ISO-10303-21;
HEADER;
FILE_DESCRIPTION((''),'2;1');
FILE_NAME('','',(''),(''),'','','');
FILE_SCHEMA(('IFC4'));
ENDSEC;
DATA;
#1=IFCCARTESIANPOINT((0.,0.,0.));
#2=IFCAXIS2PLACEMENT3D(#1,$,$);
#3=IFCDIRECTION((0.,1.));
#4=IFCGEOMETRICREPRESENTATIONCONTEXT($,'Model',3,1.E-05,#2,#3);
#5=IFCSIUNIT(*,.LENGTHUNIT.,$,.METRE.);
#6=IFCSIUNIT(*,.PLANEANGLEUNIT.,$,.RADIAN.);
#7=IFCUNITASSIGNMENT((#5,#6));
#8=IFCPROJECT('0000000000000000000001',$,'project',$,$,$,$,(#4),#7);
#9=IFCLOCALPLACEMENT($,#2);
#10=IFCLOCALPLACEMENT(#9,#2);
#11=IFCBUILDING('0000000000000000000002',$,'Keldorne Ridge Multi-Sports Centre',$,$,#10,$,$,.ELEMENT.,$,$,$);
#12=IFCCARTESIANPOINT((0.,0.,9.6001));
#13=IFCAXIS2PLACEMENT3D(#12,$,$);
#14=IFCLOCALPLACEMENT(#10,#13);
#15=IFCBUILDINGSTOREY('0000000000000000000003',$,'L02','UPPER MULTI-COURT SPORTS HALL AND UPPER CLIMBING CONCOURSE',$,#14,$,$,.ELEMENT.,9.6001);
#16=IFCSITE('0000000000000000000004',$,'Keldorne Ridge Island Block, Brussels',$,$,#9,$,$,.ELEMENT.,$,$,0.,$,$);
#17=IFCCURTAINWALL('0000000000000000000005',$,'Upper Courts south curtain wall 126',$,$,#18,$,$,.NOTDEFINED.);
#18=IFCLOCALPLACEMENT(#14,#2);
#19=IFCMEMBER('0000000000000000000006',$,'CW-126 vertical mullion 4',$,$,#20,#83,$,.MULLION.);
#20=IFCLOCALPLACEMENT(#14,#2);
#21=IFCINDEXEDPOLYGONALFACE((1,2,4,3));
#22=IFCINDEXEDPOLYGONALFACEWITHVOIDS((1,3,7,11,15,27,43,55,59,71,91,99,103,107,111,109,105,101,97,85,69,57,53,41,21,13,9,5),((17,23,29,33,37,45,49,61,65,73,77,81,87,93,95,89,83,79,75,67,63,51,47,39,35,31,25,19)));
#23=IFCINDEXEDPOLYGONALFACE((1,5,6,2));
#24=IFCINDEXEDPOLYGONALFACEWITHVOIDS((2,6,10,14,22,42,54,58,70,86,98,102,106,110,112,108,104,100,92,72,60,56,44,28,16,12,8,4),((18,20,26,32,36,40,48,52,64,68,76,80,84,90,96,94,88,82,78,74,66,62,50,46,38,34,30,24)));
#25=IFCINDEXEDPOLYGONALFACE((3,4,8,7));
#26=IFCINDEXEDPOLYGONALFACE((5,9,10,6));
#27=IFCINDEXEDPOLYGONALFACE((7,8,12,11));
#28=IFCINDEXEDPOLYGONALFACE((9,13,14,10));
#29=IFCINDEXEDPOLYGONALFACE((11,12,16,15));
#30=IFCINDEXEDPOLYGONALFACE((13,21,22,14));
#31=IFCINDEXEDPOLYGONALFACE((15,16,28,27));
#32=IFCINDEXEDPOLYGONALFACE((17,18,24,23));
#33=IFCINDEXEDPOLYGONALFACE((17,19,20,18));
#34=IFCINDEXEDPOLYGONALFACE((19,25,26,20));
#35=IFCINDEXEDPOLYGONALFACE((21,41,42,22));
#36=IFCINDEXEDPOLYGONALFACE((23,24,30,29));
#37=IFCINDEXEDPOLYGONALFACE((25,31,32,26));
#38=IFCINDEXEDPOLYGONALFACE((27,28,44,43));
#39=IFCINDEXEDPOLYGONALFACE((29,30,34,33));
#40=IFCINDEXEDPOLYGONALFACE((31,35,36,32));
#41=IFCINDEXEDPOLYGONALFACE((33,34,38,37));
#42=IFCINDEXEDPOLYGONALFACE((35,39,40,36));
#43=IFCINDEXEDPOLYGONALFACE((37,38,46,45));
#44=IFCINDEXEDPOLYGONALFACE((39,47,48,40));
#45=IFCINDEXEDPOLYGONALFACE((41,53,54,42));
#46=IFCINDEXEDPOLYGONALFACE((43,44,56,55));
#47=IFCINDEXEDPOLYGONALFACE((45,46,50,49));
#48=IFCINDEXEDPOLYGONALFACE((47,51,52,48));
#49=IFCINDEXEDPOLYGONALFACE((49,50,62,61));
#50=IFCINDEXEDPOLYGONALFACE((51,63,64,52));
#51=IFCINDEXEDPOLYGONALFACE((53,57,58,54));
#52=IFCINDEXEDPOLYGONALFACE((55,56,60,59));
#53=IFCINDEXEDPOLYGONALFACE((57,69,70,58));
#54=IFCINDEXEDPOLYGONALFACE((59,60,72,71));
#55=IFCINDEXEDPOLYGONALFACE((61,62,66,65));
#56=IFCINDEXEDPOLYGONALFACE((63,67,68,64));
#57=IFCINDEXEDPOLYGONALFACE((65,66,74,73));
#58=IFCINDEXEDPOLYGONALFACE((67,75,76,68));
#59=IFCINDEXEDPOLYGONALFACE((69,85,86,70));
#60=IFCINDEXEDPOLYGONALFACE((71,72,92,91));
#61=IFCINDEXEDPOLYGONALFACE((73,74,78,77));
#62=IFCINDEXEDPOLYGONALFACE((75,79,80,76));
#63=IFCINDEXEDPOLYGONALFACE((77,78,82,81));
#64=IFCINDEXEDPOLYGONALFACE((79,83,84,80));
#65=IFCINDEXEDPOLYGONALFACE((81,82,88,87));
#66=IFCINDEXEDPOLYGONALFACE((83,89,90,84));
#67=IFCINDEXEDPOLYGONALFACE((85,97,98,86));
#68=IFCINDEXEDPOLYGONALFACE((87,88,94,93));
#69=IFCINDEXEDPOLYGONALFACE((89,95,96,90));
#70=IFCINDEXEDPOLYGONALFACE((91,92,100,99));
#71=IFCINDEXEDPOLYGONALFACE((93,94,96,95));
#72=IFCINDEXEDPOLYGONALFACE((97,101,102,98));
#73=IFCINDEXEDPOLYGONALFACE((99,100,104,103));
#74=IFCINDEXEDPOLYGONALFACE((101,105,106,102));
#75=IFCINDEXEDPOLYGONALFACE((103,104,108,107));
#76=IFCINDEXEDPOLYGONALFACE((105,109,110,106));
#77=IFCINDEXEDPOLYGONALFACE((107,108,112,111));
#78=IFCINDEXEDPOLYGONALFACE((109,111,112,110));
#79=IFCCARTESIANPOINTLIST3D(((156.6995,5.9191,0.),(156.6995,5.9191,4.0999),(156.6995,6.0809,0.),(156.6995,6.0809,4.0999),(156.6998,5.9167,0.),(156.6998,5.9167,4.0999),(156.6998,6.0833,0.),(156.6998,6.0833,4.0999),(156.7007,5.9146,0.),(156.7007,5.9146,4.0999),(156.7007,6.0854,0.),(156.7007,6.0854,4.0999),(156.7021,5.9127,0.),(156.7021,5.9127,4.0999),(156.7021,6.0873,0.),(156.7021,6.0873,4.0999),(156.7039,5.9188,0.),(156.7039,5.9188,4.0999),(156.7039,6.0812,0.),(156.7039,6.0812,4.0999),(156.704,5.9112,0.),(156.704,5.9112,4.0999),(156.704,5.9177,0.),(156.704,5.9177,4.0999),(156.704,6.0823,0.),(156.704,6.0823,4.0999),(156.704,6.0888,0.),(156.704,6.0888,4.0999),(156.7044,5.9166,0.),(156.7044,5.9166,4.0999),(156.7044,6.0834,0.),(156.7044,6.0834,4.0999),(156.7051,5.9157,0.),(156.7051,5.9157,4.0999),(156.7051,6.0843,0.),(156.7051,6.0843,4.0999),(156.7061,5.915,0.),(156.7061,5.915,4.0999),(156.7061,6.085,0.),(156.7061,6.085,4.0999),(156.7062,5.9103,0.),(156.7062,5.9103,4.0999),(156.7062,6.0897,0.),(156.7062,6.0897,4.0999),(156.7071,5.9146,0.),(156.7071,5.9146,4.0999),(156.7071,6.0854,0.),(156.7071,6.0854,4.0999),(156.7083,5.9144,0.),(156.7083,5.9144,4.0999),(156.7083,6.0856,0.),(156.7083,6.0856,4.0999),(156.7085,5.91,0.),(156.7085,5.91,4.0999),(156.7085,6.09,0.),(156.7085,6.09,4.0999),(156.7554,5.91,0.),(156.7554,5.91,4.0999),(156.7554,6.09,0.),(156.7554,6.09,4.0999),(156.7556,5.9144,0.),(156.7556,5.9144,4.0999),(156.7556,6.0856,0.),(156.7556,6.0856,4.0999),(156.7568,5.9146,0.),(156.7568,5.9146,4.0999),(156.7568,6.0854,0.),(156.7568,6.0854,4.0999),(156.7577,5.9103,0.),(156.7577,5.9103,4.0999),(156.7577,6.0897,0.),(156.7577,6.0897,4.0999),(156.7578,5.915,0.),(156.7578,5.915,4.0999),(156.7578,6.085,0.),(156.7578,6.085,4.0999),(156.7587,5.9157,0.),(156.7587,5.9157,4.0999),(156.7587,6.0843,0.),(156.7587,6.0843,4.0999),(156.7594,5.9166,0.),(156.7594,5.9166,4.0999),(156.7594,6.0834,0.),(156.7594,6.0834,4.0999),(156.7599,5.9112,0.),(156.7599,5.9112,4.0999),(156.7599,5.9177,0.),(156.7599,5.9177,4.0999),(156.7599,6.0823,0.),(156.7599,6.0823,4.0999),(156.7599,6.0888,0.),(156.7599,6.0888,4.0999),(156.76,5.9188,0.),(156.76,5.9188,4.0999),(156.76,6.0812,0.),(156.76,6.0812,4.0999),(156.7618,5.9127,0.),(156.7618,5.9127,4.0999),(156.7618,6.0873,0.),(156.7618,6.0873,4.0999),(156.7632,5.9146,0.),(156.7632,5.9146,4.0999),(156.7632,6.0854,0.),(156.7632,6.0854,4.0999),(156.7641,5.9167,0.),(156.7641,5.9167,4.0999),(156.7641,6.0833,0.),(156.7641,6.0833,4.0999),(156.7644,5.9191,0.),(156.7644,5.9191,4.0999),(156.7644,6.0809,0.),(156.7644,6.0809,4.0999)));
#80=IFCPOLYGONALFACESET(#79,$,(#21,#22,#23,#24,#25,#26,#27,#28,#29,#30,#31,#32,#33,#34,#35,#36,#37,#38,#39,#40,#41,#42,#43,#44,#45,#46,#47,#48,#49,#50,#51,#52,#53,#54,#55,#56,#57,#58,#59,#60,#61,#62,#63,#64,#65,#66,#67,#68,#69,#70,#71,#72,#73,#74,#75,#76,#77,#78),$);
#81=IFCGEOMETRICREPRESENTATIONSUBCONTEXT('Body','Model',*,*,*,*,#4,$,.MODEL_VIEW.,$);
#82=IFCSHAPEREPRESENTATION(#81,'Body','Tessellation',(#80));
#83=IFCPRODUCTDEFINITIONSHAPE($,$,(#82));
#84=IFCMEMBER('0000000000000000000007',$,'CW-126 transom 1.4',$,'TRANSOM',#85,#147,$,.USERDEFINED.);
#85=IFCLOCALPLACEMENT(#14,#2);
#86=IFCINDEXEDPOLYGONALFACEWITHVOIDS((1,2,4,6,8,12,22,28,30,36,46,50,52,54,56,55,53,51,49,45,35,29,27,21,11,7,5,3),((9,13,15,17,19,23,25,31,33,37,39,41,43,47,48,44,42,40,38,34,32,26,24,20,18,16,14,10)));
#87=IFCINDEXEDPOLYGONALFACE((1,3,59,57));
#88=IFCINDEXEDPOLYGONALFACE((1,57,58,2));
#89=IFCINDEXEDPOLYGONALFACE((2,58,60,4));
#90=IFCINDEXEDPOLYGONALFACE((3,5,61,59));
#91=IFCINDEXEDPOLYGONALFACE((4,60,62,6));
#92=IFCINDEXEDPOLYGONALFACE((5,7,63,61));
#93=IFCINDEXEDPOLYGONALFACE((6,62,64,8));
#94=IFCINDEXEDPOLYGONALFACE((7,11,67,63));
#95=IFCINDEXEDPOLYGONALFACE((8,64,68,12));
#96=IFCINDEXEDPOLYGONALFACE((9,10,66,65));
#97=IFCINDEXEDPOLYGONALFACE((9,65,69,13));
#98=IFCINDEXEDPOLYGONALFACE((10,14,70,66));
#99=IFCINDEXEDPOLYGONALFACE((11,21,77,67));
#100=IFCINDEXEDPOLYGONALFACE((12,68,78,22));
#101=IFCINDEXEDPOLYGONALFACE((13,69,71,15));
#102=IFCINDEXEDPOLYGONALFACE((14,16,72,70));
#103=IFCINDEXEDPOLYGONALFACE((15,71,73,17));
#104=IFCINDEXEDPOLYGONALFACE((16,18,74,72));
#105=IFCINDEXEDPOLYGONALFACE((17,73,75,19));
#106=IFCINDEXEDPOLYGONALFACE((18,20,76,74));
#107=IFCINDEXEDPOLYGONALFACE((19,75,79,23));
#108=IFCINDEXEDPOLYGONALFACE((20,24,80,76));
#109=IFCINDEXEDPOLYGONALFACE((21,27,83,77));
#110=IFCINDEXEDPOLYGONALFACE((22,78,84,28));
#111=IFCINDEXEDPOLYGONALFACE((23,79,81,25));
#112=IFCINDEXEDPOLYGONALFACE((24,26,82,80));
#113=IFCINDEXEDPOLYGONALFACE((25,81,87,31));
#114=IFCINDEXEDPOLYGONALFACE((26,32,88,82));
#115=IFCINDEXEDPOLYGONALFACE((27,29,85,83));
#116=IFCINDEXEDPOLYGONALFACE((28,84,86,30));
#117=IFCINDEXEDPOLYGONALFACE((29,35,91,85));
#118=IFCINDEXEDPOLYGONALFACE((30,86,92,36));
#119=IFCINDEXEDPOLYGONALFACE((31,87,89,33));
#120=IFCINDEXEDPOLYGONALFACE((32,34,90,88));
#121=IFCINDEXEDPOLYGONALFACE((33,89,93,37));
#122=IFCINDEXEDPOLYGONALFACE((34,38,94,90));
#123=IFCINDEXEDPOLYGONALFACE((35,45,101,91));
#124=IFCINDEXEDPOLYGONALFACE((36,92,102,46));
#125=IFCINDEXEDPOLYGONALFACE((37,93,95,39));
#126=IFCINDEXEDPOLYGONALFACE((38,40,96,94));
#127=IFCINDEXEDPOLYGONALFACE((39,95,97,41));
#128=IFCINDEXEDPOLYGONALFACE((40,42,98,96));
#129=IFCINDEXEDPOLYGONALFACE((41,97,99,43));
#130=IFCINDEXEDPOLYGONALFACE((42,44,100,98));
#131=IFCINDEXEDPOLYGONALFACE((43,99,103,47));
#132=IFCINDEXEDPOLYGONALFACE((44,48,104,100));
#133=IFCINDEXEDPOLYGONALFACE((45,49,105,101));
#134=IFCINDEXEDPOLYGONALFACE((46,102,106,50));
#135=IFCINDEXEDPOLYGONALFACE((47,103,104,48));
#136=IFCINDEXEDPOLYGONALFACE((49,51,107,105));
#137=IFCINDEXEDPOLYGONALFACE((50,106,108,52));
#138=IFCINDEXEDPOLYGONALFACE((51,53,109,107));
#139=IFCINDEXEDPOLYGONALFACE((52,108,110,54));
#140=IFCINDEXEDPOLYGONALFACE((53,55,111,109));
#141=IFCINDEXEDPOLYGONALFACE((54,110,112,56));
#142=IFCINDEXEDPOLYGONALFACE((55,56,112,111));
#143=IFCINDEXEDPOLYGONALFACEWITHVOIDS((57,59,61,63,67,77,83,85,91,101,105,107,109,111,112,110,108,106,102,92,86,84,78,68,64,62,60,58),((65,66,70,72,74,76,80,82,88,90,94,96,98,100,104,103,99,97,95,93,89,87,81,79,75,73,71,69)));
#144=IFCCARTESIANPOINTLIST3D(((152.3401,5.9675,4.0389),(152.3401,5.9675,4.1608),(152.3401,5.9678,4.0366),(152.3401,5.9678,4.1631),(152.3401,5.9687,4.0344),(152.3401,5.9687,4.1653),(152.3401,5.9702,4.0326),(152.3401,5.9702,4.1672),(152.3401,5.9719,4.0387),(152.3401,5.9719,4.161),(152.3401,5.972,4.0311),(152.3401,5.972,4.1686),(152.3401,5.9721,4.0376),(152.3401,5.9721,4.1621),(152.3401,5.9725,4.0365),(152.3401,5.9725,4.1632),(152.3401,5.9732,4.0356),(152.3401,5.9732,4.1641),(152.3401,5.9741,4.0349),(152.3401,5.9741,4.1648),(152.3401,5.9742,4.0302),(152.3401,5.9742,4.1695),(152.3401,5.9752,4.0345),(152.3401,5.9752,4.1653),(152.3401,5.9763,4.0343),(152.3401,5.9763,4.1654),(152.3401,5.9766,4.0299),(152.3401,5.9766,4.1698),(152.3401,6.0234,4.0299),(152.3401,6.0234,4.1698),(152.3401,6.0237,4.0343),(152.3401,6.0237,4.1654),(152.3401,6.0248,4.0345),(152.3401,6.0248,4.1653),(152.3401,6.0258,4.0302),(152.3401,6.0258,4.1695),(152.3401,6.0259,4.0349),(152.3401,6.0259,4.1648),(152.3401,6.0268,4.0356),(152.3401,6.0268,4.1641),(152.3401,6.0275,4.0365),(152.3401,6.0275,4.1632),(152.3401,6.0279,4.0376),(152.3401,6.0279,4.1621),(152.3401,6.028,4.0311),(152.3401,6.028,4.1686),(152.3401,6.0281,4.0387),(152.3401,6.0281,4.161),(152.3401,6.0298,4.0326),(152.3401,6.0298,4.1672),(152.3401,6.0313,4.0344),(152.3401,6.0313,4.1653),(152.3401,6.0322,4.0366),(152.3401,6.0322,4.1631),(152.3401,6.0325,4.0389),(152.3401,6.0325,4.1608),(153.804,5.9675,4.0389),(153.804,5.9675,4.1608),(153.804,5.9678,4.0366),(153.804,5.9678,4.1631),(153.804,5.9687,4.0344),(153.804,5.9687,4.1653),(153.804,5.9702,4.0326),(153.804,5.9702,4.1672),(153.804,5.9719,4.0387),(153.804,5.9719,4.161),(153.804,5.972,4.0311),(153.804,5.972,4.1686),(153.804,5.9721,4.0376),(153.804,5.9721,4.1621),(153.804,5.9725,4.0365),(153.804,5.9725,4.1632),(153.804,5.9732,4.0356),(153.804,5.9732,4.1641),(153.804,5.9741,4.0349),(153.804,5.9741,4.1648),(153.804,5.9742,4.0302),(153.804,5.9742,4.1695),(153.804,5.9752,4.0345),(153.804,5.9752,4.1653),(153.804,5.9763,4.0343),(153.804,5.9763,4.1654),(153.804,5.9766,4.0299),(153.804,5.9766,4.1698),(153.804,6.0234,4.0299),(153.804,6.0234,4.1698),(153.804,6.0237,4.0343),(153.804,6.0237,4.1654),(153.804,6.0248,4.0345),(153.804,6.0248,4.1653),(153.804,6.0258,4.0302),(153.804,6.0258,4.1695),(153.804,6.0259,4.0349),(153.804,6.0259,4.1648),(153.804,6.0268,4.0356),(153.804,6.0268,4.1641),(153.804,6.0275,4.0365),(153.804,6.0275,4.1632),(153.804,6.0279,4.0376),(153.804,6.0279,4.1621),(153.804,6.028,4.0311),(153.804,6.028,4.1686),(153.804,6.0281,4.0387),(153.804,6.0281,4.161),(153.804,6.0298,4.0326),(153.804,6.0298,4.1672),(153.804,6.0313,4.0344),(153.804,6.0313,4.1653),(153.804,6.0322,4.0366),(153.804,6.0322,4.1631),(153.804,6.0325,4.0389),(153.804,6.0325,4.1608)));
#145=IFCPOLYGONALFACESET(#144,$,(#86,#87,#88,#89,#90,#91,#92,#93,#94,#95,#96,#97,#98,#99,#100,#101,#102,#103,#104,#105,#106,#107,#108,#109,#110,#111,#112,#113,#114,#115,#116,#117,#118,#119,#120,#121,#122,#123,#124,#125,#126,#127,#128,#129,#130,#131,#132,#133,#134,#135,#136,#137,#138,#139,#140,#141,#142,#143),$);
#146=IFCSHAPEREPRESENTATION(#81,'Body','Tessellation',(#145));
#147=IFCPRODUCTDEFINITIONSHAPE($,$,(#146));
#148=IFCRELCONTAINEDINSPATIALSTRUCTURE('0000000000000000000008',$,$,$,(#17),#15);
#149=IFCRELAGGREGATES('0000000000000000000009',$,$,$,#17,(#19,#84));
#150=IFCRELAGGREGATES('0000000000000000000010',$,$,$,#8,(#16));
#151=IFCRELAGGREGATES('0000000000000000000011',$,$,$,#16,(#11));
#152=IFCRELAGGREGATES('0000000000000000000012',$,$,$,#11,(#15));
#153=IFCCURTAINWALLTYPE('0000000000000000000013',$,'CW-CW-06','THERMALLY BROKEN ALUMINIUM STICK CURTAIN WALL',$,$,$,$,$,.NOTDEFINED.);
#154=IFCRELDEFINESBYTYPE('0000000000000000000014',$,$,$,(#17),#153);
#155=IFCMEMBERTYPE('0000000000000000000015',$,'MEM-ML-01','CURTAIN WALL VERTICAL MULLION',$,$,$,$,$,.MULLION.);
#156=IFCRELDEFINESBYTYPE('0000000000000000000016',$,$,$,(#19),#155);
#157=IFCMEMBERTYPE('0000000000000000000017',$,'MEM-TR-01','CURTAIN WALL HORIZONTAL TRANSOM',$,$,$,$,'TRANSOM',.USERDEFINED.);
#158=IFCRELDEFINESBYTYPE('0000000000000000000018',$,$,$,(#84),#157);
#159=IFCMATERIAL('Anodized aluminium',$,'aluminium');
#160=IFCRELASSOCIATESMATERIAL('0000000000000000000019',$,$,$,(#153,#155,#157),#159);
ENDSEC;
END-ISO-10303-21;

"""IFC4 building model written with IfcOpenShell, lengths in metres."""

from ifc_helpers import new_model, si_unit, direction, frame, origin, origin_2d, place, context, subcontext, project, spatial, hollow_rectangle, extrude, material, material_profile, profile_set, type_object, element, aggregate, save


model = new_model("IFC4")

# Units and contexts
model_context = context("Model", 3, precision=1e-05, world=origin(), true_north=direction((0.0, 1.0)))
body_context = subcontext(model_context, "Body", "Model", "MODEL_VIEW")
ifc_project = project(units=[si_unit("LENGTHUNIT", "METRE"), si_unit("PLANEANGLEUNIT", "RADIAN")], contexts=[model_context])

# Site, building, storey
site_placement = place(None, origin())
site = spatial("IfcSite", under=ifc_project, at=site_placement, Name="Keldorne Ridge Island Block, Brussels", CompositionType="ELEMENT", RefElevation=0.0)
building_placement = place(site_placement, origin())
building = spatial("IfcBuilding", under=site, at=building_placement, Name="Keldorne Ridge Multi-Sports Centre", CompositionType="ELEMENT")
storey_placement = place(building_placement, frame((0.0, 0.0, 9.6001)))
storey = spatial("IfcBuildingStorey", under=building, at=storey_placement, Name="L02", Description="UPPER MULTI-COURT SPORTS HALL AND UPPER CLIMBING CONCOURSE", CompositionType="ELEMENT", Elevation=9.6001)

# Curtain wall, members
ifc_material_1 = material(Name="Anodized aluminium", Category="aluminium")
curtain_wall_type = type_object("IfcCurtainWallType", Name="CW-CW-06", Description="THERMALLY BROKEN ALUMINIUM STICK CURTAIN WALL", PredefinedType="NOTDEFINED", material=ifc_material_1)
curtain_wall_placement = place(storey_placement, origin())
curtain_wall = element("IfcCurtainWall", 1, at=curtain_wall_placement, inside=storey, type_object=curtain_wall_type, Name="Upper Courts south curtain wall 126", PredefinedType="NOTDEFINED")
ifc_material_profile_1 = material_profile(ifc_material_1, hollow_rectangle(XDim=0.0649, YDim=0.1799, WallThickness=0.0044, InnerFilletRadius=0.0044, OuterFilletRadius=0.009, at=origin_2d()), Name="ALU MULLION 180x65x4.5")
ifc_profile_set_1 = profile_set([ifc_material_profile_1], Name="Anodized aluminium")
member_type_1 = type_object("IfcMemberType", Name="MEM-ML-01", Description="CURTAIN WALL VERTICAL MULLION", PredefinedType="MULLION", material=ifc_profile_set_1)
member_1_placement = place(storey_placement, frame((156.7319, 6.0, 0.0), z_axis=(0.0, 0.0, 1.0), x_axis=(1.0, 0.0, 0.0)))
member_1 = element("IfcMember", 2, at=member_1_placement, type_object=member_type_1, Name="CW-126 vertical mullion 4", PredefinedType="MULLION", context=body_context, shape_type="SweptSolid", body=[
    extrude(hollow_rectangle(XDim=0.0649, YDim=0.1799, WallThickness=0.0044, InnerFilletRadius=0.0044, OuterFilletRadius=0.009, at=origin_2d()), origin(), (0.0, 0.0, 1.0), 4.0999),
])
ifc_material_profile_2 = material_profile(ifc_material_1, hollow_rectangle(XDim=0.0649, YDim=0.1399, WallThickness=0.0044, InnerFilletRadius=0.0044, OuterFilletRadius=0.009, at=origin_2d()), Name="ALU TRANSOM 140x65x4.5")
ifc_profile_set_2 = profile_set([ifc_material_profile_2], Name="Anodized aluminium")
member_type_2 = type_object("IfcMemberType", Name="MEM-TR-01", Description="CURTAIN WALL HORIZONTAL TRANSOM", ElementType="TRANSOM", PredefinedType="USERDEFINED", material=ifc_profile_set_2)
member_2_placement = place(storey_placement, frame((152.3401, 6.0, 4.0999), z_axis=(1.0, 0.0, 0.0), x_axis=(0.0, 1.0, 0.0)))
member_2 = element("IfcMember", 3, at=member_2_placement, type_object=member_type_2, Name="CW-126 transom 1.4", ObjectType="TRANSOM", PredefinedType="USERDEFINED", context=body_context, shape_type="SweptSolid", body=[
    extrude(hollow_rectangle(XDim=0.0649, YDim=0.1399, WallThickness=0.0044, InnerFilletRadius=0.0044, OuterFilletRadius=0.009, at=origin_2d()), origin(), (0.0, 0.0, 1.0), 1.4639),
])
aggregate(curtain_wall, [member_1, member_2])

save(model, "model.ifc")
